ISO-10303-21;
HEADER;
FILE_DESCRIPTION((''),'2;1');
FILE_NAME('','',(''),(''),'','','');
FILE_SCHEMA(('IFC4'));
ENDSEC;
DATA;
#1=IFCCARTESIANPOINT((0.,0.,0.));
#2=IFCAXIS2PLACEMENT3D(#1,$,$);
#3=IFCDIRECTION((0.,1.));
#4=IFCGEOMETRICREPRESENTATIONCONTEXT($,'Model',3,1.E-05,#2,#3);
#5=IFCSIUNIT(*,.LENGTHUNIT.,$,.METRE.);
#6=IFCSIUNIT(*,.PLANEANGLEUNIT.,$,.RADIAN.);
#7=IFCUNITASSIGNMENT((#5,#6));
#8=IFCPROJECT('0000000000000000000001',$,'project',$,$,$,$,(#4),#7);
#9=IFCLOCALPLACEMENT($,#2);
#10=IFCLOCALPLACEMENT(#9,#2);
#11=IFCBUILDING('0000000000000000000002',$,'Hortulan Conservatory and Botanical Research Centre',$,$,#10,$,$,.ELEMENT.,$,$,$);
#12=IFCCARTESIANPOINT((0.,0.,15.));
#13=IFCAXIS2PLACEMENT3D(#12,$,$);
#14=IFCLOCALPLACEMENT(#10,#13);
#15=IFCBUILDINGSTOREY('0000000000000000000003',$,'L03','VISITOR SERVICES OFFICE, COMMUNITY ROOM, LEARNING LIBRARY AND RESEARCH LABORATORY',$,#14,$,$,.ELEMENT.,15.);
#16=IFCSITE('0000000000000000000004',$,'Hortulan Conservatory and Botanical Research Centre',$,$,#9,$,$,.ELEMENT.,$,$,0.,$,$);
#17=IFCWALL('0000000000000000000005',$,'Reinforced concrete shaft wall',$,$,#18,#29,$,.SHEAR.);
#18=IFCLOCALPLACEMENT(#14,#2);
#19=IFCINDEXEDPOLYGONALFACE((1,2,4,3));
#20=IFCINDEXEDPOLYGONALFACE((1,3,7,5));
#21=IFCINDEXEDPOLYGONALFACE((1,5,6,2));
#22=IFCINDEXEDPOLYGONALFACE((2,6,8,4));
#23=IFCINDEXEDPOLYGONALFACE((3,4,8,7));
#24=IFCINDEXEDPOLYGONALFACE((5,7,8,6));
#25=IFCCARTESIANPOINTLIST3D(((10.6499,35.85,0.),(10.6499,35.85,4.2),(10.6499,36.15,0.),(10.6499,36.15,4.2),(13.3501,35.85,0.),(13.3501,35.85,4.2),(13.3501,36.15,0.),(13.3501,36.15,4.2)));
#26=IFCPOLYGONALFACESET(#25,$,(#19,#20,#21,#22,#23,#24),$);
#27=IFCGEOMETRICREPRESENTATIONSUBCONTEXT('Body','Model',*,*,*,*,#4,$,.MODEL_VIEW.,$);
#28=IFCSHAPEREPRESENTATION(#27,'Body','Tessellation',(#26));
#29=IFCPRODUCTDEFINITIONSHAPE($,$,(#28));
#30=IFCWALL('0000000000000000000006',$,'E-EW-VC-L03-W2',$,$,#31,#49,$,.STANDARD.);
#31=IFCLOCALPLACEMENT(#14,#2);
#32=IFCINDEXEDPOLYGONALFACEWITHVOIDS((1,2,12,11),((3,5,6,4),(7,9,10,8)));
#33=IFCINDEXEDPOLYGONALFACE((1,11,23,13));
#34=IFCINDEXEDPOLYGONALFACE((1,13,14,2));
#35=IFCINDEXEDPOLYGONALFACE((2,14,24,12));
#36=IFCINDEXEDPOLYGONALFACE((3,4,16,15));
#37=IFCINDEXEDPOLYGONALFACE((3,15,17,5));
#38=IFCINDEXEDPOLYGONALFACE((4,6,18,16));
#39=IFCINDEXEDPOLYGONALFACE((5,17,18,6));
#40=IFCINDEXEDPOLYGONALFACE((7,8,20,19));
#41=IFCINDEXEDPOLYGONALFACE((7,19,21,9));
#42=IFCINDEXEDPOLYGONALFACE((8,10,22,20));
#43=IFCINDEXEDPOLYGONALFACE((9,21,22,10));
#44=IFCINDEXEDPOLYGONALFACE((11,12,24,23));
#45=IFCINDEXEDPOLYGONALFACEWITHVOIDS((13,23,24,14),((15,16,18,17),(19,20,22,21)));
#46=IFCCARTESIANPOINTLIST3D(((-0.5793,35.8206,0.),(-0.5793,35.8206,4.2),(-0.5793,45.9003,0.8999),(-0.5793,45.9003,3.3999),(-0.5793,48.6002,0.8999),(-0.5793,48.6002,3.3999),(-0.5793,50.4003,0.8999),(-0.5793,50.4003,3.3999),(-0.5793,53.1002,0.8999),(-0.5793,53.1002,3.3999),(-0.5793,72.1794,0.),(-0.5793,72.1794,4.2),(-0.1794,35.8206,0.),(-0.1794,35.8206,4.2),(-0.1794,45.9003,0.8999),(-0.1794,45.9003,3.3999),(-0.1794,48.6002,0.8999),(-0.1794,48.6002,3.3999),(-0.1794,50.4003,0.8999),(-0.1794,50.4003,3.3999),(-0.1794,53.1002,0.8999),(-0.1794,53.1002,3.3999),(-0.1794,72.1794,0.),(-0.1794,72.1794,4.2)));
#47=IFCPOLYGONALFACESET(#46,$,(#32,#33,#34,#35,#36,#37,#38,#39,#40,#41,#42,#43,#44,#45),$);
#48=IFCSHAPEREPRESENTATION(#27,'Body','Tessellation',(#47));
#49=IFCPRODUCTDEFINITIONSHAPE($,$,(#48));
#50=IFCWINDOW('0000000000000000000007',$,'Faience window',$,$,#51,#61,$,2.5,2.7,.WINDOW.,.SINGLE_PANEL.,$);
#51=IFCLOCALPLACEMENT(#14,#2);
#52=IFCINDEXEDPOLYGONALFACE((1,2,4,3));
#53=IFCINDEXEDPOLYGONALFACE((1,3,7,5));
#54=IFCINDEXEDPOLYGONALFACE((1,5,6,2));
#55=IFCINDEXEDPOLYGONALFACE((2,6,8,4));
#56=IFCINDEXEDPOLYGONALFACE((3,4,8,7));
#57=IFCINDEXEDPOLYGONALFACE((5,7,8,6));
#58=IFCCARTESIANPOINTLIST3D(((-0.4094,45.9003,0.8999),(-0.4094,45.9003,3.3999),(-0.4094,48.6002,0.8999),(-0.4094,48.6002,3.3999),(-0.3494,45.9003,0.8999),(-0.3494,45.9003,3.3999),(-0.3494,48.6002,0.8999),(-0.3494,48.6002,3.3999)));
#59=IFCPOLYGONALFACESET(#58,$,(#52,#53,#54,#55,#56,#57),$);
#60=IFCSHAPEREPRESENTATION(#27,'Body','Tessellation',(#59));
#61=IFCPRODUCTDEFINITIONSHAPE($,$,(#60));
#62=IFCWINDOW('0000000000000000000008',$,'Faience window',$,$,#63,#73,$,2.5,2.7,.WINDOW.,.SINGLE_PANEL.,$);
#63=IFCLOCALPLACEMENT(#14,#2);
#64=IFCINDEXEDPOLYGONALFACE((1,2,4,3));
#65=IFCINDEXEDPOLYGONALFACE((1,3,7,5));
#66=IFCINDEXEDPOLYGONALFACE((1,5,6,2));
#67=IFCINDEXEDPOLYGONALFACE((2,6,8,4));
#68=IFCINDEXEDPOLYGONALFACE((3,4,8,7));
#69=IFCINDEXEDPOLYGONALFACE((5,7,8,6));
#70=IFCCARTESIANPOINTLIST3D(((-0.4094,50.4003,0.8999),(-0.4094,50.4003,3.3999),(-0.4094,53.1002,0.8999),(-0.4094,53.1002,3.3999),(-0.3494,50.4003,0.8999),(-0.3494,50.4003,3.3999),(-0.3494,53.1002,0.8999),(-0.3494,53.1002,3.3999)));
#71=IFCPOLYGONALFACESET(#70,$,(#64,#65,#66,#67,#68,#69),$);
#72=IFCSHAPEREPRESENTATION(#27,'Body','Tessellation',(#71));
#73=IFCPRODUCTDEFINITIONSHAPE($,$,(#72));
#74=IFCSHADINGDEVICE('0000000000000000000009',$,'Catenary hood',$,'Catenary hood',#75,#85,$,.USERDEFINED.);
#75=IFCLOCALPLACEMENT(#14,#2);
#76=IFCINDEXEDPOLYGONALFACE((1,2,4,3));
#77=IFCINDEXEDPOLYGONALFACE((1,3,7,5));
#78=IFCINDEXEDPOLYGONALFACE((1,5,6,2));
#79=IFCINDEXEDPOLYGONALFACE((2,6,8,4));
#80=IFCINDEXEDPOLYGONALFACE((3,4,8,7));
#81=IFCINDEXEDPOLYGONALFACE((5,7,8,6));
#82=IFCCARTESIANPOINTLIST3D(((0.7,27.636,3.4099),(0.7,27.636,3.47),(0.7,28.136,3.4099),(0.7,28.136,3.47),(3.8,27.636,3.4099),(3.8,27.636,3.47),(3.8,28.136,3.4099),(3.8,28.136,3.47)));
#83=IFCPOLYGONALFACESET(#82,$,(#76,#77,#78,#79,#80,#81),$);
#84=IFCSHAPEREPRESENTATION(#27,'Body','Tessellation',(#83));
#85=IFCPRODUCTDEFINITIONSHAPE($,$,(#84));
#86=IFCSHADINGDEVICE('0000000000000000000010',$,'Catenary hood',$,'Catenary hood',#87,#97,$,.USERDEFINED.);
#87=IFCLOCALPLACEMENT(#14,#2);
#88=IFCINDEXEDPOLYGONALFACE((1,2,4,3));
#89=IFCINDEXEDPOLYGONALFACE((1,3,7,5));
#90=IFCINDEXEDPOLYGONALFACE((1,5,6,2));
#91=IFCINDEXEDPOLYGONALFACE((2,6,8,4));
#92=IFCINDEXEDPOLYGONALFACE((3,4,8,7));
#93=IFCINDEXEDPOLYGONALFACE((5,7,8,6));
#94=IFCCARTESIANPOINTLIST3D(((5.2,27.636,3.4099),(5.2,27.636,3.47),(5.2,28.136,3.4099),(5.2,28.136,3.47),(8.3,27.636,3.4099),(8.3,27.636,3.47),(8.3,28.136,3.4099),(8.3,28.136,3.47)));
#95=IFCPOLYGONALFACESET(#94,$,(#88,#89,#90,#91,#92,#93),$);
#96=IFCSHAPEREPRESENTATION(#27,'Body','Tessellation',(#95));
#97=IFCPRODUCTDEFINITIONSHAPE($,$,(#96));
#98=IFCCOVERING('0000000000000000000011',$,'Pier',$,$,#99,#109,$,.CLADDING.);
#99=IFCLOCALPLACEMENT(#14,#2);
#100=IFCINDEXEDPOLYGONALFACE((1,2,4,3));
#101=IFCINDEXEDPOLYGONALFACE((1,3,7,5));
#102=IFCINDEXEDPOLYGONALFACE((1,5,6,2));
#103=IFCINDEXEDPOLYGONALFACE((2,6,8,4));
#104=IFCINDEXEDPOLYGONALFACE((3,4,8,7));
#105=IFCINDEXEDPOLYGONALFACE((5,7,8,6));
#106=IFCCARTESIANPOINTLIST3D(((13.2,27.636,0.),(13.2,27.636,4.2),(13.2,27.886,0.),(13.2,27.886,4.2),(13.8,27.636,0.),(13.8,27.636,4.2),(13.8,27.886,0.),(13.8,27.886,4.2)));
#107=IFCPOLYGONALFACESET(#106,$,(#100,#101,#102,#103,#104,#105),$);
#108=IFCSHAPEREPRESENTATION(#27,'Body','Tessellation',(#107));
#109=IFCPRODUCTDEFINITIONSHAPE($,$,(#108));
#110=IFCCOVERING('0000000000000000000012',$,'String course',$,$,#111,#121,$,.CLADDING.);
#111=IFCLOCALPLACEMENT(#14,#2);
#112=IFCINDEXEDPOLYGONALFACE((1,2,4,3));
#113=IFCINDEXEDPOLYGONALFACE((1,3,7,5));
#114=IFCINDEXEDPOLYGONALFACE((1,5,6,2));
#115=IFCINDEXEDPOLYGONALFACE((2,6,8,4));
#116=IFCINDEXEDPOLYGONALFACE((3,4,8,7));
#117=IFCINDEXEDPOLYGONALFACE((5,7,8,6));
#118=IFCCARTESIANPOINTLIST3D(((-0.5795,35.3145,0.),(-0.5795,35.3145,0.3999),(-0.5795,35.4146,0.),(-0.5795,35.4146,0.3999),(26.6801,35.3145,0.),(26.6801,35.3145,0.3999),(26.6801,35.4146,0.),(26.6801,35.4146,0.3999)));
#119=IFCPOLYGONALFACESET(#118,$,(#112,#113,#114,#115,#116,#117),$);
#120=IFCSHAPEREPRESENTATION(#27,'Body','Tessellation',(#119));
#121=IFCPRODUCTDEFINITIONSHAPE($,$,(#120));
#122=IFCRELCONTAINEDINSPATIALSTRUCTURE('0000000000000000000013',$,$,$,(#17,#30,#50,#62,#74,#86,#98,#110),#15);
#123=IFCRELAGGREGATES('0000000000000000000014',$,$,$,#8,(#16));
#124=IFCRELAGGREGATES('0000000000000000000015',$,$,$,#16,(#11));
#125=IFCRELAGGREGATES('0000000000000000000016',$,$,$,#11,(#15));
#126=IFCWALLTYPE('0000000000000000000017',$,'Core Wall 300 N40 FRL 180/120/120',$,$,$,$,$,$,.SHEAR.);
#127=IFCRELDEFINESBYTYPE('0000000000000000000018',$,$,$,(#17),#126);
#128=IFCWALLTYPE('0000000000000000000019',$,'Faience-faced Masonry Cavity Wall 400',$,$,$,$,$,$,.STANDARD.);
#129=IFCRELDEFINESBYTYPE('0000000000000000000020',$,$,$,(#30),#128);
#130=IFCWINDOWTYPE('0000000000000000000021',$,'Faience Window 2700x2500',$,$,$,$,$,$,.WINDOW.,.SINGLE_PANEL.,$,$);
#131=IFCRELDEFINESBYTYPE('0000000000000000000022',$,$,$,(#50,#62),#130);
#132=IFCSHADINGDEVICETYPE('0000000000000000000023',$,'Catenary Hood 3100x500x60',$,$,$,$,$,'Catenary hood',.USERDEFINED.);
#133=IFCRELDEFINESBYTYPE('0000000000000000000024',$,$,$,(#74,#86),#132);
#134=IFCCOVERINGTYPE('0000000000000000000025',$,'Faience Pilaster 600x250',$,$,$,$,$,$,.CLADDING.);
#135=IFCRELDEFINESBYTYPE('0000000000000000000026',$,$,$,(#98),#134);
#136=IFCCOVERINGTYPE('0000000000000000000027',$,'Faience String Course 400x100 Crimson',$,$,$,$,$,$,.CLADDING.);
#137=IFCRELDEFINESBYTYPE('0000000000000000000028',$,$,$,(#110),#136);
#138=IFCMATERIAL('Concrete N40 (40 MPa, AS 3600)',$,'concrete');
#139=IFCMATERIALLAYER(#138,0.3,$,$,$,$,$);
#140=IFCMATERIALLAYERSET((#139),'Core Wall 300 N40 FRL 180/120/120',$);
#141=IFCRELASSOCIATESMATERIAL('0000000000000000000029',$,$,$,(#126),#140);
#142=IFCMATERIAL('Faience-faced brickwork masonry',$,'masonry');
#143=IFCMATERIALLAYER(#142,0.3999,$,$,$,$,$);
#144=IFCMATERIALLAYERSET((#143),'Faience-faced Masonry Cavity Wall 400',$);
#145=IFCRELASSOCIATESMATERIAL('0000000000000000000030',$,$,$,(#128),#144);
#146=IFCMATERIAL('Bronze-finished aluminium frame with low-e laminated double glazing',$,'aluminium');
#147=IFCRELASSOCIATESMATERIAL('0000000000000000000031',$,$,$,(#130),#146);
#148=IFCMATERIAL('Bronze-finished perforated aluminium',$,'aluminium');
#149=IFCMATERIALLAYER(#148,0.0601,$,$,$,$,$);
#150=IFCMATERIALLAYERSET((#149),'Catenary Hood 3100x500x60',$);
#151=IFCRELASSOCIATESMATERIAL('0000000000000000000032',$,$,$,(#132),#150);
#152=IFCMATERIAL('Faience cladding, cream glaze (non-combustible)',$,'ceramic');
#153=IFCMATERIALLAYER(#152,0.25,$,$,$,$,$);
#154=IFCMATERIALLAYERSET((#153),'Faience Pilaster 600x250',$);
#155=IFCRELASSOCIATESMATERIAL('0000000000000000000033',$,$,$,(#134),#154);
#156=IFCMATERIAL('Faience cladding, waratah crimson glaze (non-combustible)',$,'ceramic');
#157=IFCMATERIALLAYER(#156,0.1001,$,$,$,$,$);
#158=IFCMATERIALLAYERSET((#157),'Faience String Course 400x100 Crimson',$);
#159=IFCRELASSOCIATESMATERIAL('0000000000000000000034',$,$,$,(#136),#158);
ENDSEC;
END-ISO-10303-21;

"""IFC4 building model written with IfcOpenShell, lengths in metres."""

from ifc_helpers import new_model, si_unit, direction, frame, frame_2d, origin, origin_2d, place, context, subcontext, project, spatial, rectangle, extrude, material, layer, layer_set, type_object, element, fill, save


model = new_model("IFC4")

# Units and contexts
model_context = context("Model", 3, precision=1e-05, world=origin(), true_north=direction((0.0, 1.0)))
body_context = subcontext(model_context, "Body", "Model", "MODEL_VIEW")
ifc_project = project(units=[si_unit("LENGTHUNIT", "METRE"), si_unit("PLANEANGLEUNIT", "RADIAN")], contexts=[model_context])

# Site, building, storey
site_placement = place(None, origin())
site = spatial("IfcSite", under=ifc_project, at=site_placement, Name="Hortulan Conservatory and Botanical Research Centre", CompositionType="ELEMENT", RefElevation=0.0)
building_placement = place(site_placement, origin())
building = spatial("IfcBuilding", under=site, at=building_placement, Name="Hortulan Conservatory and Botanical Research Centre", CompositionType="ELEMENT")
storey_placement = place(building_placement, frame((0.0, 0.0, 15.0)))
storey = spatial("IfcBuildingStorey", under=building, at=storey_placement, Name="L03", Description="VISITOR SERVICES OFFICE, COMMUNITY ROOM, LEARNING LIBRARY AND RESEARCH LABORATORY", CompositionType="ELEMENT", Elevation=15.0)

# Shared definitions
ifc_material_1 = material(Name="Concrete N40 (40 MPa, AS 3600)", Category="concrete")
ifc_layer_1 = layer(ifc_material_1, 0.3)
ifc_layer_set_1 = layer_set([ifc_layer_1], Name="Core Wall 300 N40 FRL 180/120/120")
wall_type_1 = type_object("IfcWallType", Name="Core Wall 300 N40 FRL 180/120/120", PredefinedType="SHEAR", material=ifc_layer_set_1)

# Wall
for number, where, z_axis, x_axis, name in (
    (1, (10.6499, 36.0, 0.0), (0.0, 0.0, 1.0), (1.0, 0.0, 0.0), "Reinforced concrete shaft wall"),
):
    element("IfcWall", number, at=place(storey_placement, frame(where, z_axis=z_axis, x_axis=x_axis)), inside=storey, type_object=wall_type_1, Name=name, PredefinedType="SHEAR", context=body_context, shape_type="SweptSolid", body=[
        extrude(rectangle(XDim=2.7002, YDim=0.3, at=frame_2d((1.3501, 0.0))), origin(), (0.0, 0.0, 1.0), 4.2),
    ])

# Wall, openings, windows
ifc_material_2 = material(Name="Faience-faced brickwork masonry", Category="masonry")
ifc_layer_2 = layer(ifc_material_2, 0.3999)
ifc_layer_set_2 = layer_set([ifc_layer_2], Name="Faience-faced Masonry Cavity Wall 400")
wall_type_2 = type_object("IfcWallType", Name="Faience-faced Masonry Cavity Wall 400", PredefinedType="STANDARD", material=ifc_layer_set_2)
wall_1_placement = place(storey_placement, frame((-0.3794, 35.8206, 0.0), z_axis=(0.0, 0.0, 1.0), x_axis=(0.0, 1.0, 0.0)))
wall_1 = element("IfcWall", 2, at=wall_1_placement, inside=storey, type_object=wall_type_2, Name="E-EW-VC-L03-W2", PredefinedType="STANDARD", context=body_context, shape_type="SweptSolid", body=[
    extrude(rectangle(XDim=36.3589, YDim=0.3999, at=frame_2d((18.1794, 0.0))), origin(), (0.0, 0.0, 1.0), 4.2),
])
opening_1_placement = place(wall_1_placement, frame((10.0796, 0.0, 0.8999)))
opening_1 = element("IfcOpeningElement", 3, at=opening_1_placement, cuts=wall_1, PredefinedType="OPENING", context=body_context, shape_type="SweptSolid", body=[
    extrude(rectangle(XDim=2.7, YDim=2.5, at=frame_2d((1.3501, 1.25))), frame((0.0, 0.21, 0.0), z_axis=(0.0, -1.0, 0.0), x_axis=(1.0, 0.0, 0.0)), (0.0, 0.0, 1.0), 0.4199),
])
opening_2_placement = place(wall_1_placement, frame((14.5796, 0.0, 0.8999)))
opening_2 = element("IfcOpeningElement", 4, at=opening_2_placement, cuts=wall_1, PredefinedType="OPENING", context=body_context, shape_type="SweptSolid", body=[
    extrude(rectangle(XDim=2.7, YDim=2.5, at=frame_2d((1.3501, 1.25))), frame((0.0, 0.21, 0.0), z_axis=(0.0, -1.0, 0.0), x_axis=(1.0, 0.0, 0.0)), (0.0, 0.0, 1.0), 0.4199),
])
ifc_material_3 = material(Name="Bronze-finished aluminium frame with low-e laminated double glazing", Category="aluminium")
window_type = type_object("IfcWindowType", Name="Faience Window 2700x2500", PartitioningType="SINGLE_PANEL", PredefinedType="WINDOW", material=ifc_material_3)
window_1_placement = place(opening_1_placement, origin())
window_1 = element("IfcWindow", 5, at=window_1_placement, inside=storey, type_object=window_type, Name="Faience window", OverallHeight=2.5, OverallWidth=2.7, PartitioningType="SINGLE_PANEL", PredefinedType="WINDOW", context=body_context, shape_type="SweptSolid", body=[
    extrude(rectangle(XDim=2.7, YDim=2.5, at=frame_2d((1.3501, 1.25))), frame((0.0, 0.03, 0.0), z_axis=(0.0, -1.0, 0.0), x_axis=(1.0, 0.0, 0.0)), (0.0, 0.0, 1.0), 0.0601),
])
fill(opening_1, window_1)
window_2_placement = place(opening_2_placement, origin())
window_2 = element("IfcWindow", 6, at=window_2_placement, inside=storey, type_object=window_type, Name="Faience window", OverallHeight=2.5, OverallWidth=2.7, PartitioningType="SINGLE_PANEL", PredefinedType="WINDOW", context=body_context, shape_type="SweptSolid", body=[
    extrude(rectangle(XDim=2.7, YDim=2.5, at=frame_2d((1.3501, 1.25))), frame((0.0, 0.03, 0.0), z_axis=(0.0, -1.0, 0.0), x_axis=(1.0, 0.0, 0.0)), (0.0, 0.0, 1.0), 0.0601),
])
fill(opening_2, window_2)

# Shading devices
ifc_material_4 = material(Name="Bronze-finished perforated aluminium", Category="aluminium")
ifc_layer_3 = layer(ifc_material_4, 0.0601)
ifc_layer_set_3 = layer_set([ifc_layer_3], Name="Catenary Hood 3100x500x60")
shading_device_type = type_object("IfcShadingDeviceType", Name="Catenary Hood 3100x500x60", ElementType="Catenary hood", PredefinedType="USERDEFINED", material=ifc_layer_set_3)
for number, where, z_axis, x_axis, name in (
    (7, (2.25, 27.886, 3.4099), (0.0, 0.0, 1.0), (1.0, 0.0, 0.0), "Catenary hood"),
    (8, (6.75, 27.886, 3.4099), (0.0, 0.0, 1.0), (1.0, 0.0, 0.0), "Catenary hood"),
):
    element("IfcShadingDevice", number, at=place(storey_placement, frame(where, z_axis=z_axis, x_axis=x_axis)), inside=storey, type_object=shading_device_type, Name=name, ObjectType="Catenary hood", PredefinedType="USERDEFINED", context=body_context, shape_type="SweptSolid", body=[
        extrude(rectangle(XDim=3.1001, YDim=0.5, at=origin_2d()), origin(), (0.0, 0.0, 1.0), 0.0601),
    ])

# Coverings
ifc_material_5 = material(Name="Faience cladding, cream glaze (non-combustible)", Category="ceramic")
ifc_layer_4 = layer(ifc_material_5, 0.25)
ifc_layer_set_4 = layer_set([ifc_layer_4], Name="Faience Pilaster 600x250")
covering_type_1 = type_object("IfcCoveringType", Name="Faience Pilaster 600x250", PredefinedType="CLADDING", material=ifc_layer_set_4)
covering_1_placement = place(storey_placement, frame((13.5, 27.761, 0.0), z_axis=(0.0, 0.0, 1.0), x_axis=(1.0, 0.0, 0.0)))
element("IfcCovering", 9, at=covering_1_placement, inside=storey, type_object=covering_type_1, Name="Pier", PredefinedType="CLADDING", context=body_context, shape_type="SweptSolid", body=[
    extrude(rectangle(XDim=0.6001, YDim=0.25, at=origin_2d()), origin(), (0.0, 0.0, 1.0), 4.2),
])
ifc_material_6 = material(Name="Faience cladding, waratah crimson glaze (non-combustible)", Category="ceramic")
ifc_layer_5 = layer(ifc_material_6, 0.1001)
ifc_layer_set_5 = layer_set([ifc_layer_5], Name="Faience String Course 400x100 Crimson")
covering_type_2 = type_object("IfcCoveringType", Name="Faience String Course 400x100 Crimson", PredefinedType="CLADDING", material=ifc_layer_set_5)
covering_2_placement = place(storey_placement, frame((13.0503, 35.3645, 0.0), z_axis=(0.0, 0.0, 1.0), x_axis=(-1.0, 0.0, 0.0)))
element("IfcCovering", 10, at=covering_2_placement, inside=storey, type_object=covering_type_2, Name="String course", PredefinedType="CLADDING", context=body_context, shape_type="SweptSolid", body=[
    extrude(rectangle(XDim=27.2595, YDim=0.1001, at=origin_2d()), origin(), (0.0, 0.0, 1.0), 0.3999),
])

save(model, "model.ifc")
